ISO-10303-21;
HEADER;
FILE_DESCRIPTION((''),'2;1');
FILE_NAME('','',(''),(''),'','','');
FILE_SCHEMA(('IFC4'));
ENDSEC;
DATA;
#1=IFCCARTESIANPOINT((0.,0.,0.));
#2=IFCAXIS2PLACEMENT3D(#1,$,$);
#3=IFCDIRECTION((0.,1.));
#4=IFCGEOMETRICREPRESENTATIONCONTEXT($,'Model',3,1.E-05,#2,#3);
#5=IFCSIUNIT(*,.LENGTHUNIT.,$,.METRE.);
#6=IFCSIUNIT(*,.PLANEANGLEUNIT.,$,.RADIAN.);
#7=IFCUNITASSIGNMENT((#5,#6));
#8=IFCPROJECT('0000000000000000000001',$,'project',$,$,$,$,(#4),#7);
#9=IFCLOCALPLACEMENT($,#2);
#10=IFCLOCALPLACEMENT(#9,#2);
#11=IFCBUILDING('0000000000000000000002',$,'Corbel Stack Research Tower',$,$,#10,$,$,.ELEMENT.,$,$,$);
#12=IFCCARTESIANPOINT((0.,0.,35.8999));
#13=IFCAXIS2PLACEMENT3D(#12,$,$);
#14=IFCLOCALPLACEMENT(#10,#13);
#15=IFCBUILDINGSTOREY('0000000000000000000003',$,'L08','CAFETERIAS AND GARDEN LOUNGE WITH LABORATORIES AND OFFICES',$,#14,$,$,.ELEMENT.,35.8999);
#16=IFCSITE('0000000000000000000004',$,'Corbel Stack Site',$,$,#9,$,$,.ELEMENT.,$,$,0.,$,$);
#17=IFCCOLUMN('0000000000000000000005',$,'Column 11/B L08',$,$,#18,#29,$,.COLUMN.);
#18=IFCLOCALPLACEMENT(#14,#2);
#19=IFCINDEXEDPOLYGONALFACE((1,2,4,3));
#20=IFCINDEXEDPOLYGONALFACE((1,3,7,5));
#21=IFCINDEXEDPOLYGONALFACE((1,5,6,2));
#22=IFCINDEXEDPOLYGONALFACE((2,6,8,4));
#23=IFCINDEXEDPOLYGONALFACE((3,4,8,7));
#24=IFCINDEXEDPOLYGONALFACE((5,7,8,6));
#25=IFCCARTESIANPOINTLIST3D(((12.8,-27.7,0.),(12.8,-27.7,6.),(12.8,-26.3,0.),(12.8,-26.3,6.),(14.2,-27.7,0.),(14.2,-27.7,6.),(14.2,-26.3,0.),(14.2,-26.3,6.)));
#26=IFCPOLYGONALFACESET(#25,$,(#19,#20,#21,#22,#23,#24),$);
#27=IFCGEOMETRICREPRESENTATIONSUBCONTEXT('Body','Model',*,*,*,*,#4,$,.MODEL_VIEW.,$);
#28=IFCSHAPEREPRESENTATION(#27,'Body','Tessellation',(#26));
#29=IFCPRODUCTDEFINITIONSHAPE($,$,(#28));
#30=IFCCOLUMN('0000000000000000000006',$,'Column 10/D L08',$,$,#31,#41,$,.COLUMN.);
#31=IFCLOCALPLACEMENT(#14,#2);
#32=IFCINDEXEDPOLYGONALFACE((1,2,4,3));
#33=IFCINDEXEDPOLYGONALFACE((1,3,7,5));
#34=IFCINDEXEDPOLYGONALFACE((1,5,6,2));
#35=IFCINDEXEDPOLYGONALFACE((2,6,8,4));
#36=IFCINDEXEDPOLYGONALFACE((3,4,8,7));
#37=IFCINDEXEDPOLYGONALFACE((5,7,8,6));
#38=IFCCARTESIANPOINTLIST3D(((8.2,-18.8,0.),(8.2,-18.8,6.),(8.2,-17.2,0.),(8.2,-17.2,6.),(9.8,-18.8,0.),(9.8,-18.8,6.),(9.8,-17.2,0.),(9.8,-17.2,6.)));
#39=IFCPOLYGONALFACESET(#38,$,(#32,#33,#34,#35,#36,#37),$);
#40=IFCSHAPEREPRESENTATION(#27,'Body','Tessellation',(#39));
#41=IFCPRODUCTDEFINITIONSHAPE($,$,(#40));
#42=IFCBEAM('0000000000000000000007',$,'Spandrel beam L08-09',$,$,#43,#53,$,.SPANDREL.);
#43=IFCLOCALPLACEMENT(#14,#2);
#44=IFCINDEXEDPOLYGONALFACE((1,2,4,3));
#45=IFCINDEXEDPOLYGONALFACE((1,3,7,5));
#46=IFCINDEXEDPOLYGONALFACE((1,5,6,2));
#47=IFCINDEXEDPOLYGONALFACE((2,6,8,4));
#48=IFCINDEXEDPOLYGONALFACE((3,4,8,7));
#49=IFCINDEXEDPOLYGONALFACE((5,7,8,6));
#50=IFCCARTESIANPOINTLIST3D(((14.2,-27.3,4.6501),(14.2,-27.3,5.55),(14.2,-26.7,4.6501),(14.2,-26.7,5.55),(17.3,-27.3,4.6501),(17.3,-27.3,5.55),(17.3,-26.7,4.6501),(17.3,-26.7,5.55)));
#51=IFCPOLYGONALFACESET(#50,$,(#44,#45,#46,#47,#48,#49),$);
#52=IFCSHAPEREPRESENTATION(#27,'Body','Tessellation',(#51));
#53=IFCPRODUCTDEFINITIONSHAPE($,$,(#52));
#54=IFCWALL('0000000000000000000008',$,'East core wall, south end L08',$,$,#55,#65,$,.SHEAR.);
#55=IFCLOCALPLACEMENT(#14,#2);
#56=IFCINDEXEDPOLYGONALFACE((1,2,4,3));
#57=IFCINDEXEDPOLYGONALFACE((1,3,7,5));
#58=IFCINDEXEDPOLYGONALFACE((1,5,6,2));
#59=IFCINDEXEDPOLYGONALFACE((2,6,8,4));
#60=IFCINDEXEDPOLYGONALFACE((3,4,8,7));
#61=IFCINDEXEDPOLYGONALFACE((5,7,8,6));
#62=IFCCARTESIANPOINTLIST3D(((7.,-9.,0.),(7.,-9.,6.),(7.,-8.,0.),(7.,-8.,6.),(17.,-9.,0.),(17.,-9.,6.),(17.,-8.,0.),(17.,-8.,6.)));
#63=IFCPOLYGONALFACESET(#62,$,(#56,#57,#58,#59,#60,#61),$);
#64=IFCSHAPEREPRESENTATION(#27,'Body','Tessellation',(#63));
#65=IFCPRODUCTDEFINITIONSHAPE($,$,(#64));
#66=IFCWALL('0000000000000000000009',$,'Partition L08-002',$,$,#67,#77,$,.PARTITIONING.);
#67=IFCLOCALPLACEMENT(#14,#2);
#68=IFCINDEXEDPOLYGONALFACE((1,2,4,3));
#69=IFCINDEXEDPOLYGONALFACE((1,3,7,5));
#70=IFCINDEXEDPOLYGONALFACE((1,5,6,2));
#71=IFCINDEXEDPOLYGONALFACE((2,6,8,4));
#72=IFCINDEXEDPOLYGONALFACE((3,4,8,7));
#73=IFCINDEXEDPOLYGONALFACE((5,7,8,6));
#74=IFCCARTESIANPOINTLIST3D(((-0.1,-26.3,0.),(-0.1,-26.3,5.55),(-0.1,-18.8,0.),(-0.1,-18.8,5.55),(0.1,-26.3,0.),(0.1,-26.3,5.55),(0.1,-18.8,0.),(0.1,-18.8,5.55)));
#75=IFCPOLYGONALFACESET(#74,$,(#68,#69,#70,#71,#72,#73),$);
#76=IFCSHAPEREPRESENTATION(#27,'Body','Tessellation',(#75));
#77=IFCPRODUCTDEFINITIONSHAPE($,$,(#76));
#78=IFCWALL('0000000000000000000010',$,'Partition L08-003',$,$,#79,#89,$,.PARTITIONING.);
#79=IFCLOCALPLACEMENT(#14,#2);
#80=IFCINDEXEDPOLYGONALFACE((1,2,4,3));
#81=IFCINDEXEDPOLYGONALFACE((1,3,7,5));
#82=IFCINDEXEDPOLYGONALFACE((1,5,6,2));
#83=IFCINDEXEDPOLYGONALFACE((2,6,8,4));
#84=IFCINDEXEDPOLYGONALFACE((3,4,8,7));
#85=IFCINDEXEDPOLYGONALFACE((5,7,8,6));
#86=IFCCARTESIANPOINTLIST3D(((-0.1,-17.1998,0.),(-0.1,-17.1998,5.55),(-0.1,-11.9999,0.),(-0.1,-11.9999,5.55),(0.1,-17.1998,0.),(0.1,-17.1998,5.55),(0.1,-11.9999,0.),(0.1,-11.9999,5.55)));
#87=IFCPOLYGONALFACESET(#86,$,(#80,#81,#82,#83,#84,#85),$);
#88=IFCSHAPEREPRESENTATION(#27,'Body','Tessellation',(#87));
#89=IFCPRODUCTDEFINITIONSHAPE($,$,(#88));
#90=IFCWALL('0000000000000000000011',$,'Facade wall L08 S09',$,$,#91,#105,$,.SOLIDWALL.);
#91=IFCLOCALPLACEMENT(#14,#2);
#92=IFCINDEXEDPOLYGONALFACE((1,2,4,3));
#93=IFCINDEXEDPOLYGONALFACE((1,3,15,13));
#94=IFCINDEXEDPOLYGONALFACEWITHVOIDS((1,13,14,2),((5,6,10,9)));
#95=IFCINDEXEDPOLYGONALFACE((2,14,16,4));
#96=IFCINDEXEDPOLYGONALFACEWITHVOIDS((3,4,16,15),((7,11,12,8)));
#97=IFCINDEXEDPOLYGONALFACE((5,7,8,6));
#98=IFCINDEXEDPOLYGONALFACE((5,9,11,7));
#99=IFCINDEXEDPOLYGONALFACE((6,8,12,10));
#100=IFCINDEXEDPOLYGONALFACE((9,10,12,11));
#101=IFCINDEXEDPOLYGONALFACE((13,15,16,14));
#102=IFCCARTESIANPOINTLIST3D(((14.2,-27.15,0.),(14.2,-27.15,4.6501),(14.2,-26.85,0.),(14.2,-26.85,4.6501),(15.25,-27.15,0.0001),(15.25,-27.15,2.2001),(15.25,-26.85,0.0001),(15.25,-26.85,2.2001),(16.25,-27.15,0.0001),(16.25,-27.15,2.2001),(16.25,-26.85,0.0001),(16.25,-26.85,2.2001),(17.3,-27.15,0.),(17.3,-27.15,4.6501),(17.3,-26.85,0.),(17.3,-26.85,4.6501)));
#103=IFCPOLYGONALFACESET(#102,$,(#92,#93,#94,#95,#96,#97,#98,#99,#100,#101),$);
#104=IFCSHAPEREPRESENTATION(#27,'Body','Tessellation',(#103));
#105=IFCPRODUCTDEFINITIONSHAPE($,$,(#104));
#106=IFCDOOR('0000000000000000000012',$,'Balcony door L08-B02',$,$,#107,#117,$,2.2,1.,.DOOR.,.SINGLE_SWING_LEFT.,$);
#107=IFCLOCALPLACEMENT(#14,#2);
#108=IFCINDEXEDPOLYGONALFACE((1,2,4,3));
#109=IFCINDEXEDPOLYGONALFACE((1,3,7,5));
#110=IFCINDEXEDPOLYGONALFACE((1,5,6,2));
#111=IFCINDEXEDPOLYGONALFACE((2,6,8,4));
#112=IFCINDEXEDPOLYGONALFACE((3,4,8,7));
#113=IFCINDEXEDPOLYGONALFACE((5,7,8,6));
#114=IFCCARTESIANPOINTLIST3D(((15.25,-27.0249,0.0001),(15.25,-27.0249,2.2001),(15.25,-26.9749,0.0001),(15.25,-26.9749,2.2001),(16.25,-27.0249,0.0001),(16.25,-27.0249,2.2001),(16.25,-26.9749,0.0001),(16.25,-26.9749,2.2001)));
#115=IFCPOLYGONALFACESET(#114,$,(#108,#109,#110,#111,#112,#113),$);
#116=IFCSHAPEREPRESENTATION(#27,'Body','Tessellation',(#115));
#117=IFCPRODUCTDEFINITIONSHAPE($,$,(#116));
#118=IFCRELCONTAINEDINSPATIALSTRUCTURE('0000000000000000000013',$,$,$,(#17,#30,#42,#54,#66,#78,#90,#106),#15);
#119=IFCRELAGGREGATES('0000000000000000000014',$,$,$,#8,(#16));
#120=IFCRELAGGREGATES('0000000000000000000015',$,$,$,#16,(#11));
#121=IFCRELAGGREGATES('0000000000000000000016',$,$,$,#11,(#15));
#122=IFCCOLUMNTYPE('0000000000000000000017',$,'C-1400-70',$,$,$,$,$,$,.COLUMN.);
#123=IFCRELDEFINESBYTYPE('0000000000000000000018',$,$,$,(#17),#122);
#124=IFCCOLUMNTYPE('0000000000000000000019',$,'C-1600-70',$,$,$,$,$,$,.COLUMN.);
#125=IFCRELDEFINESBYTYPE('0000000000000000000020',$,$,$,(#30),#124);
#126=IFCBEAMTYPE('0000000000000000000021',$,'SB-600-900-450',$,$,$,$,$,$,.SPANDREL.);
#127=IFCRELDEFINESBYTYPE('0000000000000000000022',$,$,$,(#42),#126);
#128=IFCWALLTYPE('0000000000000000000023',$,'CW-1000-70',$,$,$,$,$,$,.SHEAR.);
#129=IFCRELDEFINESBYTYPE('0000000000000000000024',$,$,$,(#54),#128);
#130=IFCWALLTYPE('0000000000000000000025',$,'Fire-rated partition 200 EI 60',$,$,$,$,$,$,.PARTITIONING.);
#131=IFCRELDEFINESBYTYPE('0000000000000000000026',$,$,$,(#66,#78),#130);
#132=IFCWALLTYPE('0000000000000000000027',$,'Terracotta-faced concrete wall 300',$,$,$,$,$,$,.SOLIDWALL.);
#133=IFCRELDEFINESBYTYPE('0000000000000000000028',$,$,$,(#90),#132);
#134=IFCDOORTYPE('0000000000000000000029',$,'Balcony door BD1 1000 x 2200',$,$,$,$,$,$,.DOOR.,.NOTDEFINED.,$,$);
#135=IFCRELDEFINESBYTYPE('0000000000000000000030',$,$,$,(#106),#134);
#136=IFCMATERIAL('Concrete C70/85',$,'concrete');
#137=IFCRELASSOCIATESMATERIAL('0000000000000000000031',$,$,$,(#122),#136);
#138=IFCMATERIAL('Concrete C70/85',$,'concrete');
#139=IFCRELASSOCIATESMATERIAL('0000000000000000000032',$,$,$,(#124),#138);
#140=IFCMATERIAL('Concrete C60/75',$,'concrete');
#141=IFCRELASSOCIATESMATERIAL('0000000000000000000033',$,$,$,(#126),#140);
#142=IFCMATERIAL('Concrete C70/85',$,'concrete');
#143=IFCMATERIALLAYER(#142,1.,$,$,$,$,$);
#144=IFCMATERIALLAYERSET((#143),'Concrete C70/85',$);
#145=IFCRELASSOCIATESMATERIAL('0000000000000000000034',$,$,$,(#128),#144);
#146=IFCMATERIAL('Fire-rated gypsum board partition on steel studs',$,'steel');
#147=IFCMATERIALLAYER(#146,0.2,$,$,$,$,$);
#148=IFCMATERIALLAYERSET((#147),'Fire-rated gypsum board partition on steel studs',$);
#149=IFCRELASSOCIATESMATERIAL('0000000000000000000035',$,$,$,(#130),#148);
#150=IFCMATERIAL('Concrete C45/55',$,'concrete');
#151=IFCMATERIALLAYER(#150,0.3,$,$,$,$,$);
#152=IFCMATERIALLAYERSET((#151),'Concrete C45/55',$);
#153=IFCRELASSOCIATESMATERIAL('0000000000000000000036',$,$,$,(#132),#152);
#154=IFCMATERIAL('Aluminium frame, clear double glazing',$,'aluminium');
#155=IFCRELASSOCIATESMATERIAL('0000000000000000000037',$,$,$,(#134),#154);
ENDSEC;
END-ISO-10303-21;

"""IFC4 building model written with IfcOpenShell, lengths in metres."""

from ifc_helpers import new_model, si_unit, direction, frame, frame_2d, origin, origin_2d, place, context, subcontext, project, spatial, rectangle, extrude, material, layer, layer_set, material_profile, profile_set, type_object, element, fill, save


model = new_model("IFC4")

# Units and contexts
model_context = context("Model", 3, precision=1e-05, world=origin(), true_north=direction((0.0, 1.0)))
body_context = subcontext(model_context, "Body", "Model", "MODEL_VIEW")
ifc_project = project(units=[si_unit("LENGTHUNIT", "METRE"), si_unit("PLANEANGLEUNIT", "RADIAN")], contexts=[model_context])

# Site, building, storey
site_placement = place(None, origin())
site = spatial("IfcSite", under=ifc_project, at=site_placement, Name="Corbel Stack Site", CompositionType="ELEMENT", RefElevation=0.0)
building_placement = place(site_placement, origin())
building = spatial("IfcBuilding", under=site, at=building_placement, Name="Corbel Stack Research Tower", CompositionType="ELEMENT")
storey_placement = place(building_placement, frame((0.0, 0.0, 35.8999)))
storey = spatial("IfcBuildingStorey", under=building, at=storey_placement, Name="L08", Description="CAFETERIAS AND GARDEN LOUNGE WITH LABORATORIES AND OFFICES", CompositionType="ELEMENT", Elevation=35.8999)

# Columns
ifc_material_1 = material(Name="Concrete C70/85", Category="concrete")
ifc_material_profile_1 = material_profile(ifc_material_1, rectangle(XDim=1.3999, YDim=1.3999, at=origin_2d()), Name="RC 1400 x 1400")
ifc_profile_set_1 = profile_set([ifc_material_profile_1], Name="Concrete C70/85")
column_type_1 = type_object("IfcColumnType", Name="C-1400-70", PredefinedType="COLUMN", material=ifc_profile_set_1)
column_1_placement = place(storey_placement, frame((13.5, -27.0, 0.0), z_axis=(0.0, 0.0, 1.0), x_axis=(1.0, 0.0, 0.0)))
element("IfcColumn", 1, at=column_1_placement, inside=storey, type_object=column_type_1, Name="Column 11/B L08", PredefinedType="COLUMN", context=body_context, shape_type="SweptSolid", body=[
    extrude(rectangle(XDim=1.3999, YDim=1.3999, at=origin_2d()), origin(), (0.0, 0.0, 1.0), 6.0),
])
ifc_material_2 = material(Name="Concrete C70/85", Category="concrete")
ifc_material_profile_2 = material_profile(ifc_material_2, rectangle(XDim=1.6001, YDim=1.6001, at=origin_2d()), Name="RC 1600 x 1600")
ifc_profile_set_2 = profile_set([ifc_material_profile_2], Name="Concrete C70/85")
column_type_2 = type_object("IfcColumnType", Name="C-1600-70", PredefinedType="COLUMN", material=ifc_profile_set_2)
column_2_placement = place(storey_placement, frame((9.0, -18.0, 0.0), z_axis=(0.0, 0.0, 1.0), x_axis=(1.0, 0.0, 0.0)))
element("IfcColumn", 2, at=column_2_placement, inside=storey, type_object=column_type_2, Name="Column 10/D L08", PredefinedType="COLUMN", context=body_context, shape_type="SweptSolid", body=[
    extrude(rectangle(XDim=1.6001, YDim=1.6001, at=origin_2d()), origin(), (0.0, 0.0, 1.0), 6.0),
])

# Beam
ifc_material_3 = material(Name="Concrete C60/75", Category="concrete")
ifc_material_profile_3 = material_profile(ifc_material_3, rectangle(XDim=0.6001, YDim=0.8999, at=origin_2d()), Name="RC 600 x 900")
ifc_profile_set_3 = profile_set([ifc_material_profile_3], Name="Concrete C60/75")
beam_type = type_object("IfcBeamType", Name="SB-600-900-450", PredefinedType="SPANDREL", material=ifc_profile_set_3)
beam_placement = place(storey_placement, frame((14.2, -27.0, 5.1001), z_axis=(1.0, 0.0, 0.0), x_axis=(0.0, 1.0, 0.0)))
element("IfcBeam", 3, at=beam_placement, inside=storey, type_object=beam_type, Name="Spandrel beam L08-09", PredefinedType="SPANDREL", context=body_context, shape_type="SweptSolid", body=[
    extrude(rectangle(XDim=0.6001, YDim=0.8999, at=origin_2d()), origin(), (0.0, 0.0, 1.0), 3.1001),
])

# Shared definitions
ifc_material_4 = material(Name="Concrete C70/85", Category="concrete")
ifc_layer_1 = layer(ifc_material_4, 1.0)
ifc_layer_set_1 = layer_set([ifc_layer_1], Name="Concrete C70/85")
wall_type_1 = type_object("IfcWallType", Name="CW-1000-70", PredefinedType="SHEAR", material=ifc_layer_set_1)

# Walls
wall_1_placement = place(storey_placement, frame((7.0, -8.5, 0.0), z_axis=(0.0, 0.0, 1.0), x_axis=(1.0, 0.0, 0.0)))
element("IfcWall", 4, at=wall_1_placement, inside=storey, type_object=wall_type_1, Name="East core wall, south end L08", PredefinedType="SHEAR", context=body_context, shape_type="SweptSolid", body=[
    extrude(rectangle(XDim=10.0, YDim=1.0, at=frame_2d((5.0, 0.0))), origin(), (0.0, 0.0, 1.0), 6.0),
])
ifc_material_5 = material(Name="Fire-rated gypsum board partition on steel studs", Category="steel")
ifc_layer_2 = layer(ifc_material_5, 0.2)
ifc_layer_set_2 = layer_set([ifc_layer_2], Name="Fire-rated gypsum board partition on steel studs")
wall_type_2 = type_object("IfcWallType", Name="Fire-rated partition 200 EI 60", PredefinedType="PARTITIONING", material=ifc_layer_set_2)
wall_2_placement = place(storey_placement, frame((0.0, -26.3, 0.0), z_axis=(0.0, 0.0, 1.0), x_axis=(0.0, 1.0, 0.0)))
element("IfcWall", 5, at=wall_2_placement, inside=storey, type_object=wall_type_2, Name="Partition L08-002", PredefinedType="PARTITIONING", context=body_context, shape_type="SweptSolid", body=[
    extrude(rectangle(XDim=7.5, YDim=0.2, at=frame_2d((3.75, 0.0))), origin(), (0.0, 0.0, 1.0), 5.55),
])
wall_3_placement = place(storey_placement, frame((0.0, -17.2, 0.0), z_axis=(0.0, 0.0, 1.0), x_axis=(0.0, 1.0, 0.0)))
element("IfcWall", 6, at=wall_3_placement, inside=storey, type_object=wall_type_2, Name="Partition L08-003", PredefinedType="PARTITIONING", context=body_context, shape_type="SweptSolid", body=[
    extrude(rectangle(XDim=5.2, YDim=0.2, at=frame_2d((2.6001, 0.0))), origin(), (0.0, 0.0, 1.0), 5.55),
])

# Wall, opening, door
ifc_material_6 = material(Name="Concrete C45/55", Category="concrete")
ifc_layer_3 = layer(ifc_material_6, 0.3)
ifc_layer_set_3 = layer_set([ifc_layer_3], Name="Concrete C45/55")
wall_type_3 = type_object("IfcWallType", Name="Terracotta-faced concrete wall 300", PredefinedType="SOLIDWALL", material=ifc_layer_set_3)
wall_4_placement = place(storey_placement, frame((17.3, -27.0, 0.0), z_axis=(0.0, 0.0, 1.0), x_axis=(-1.0, 0.0, 0.0)))
wall_4 = element("IfcWall", 7, at=wall_4_placement, inside=storey, type_object=wall_type_3, Name="Facade wall L08 S09", PredefinedType="SOLIDWALL", context=body_context, shape_type="SweptSolid", body=[
    extrude(rectangle(XDim=3.1001, YDim=0.3, at=frame_2d((1.55, 0.0))), origin(), (0.0, 0.0, 1.0), 4.6501),
])
opening_1_placement = place(wall_4_placement, frame((1.05, 0.0, 0.0)))
opening_1 = element("IfcOpeningElement", 8, at=opening_1_placement, cuts=wall_4, PredefinedType="OPENING", context=body_context, shape_type="SweptSolid", body=[
    extrude(rectangle(XDim=1.0, YDim=2.2, at=frame_2d((0.5, 1.1001))), frame((0.0, 0.1599, 0.0), z_axis=(0.0, -1.0, 0.0), x_axis=(1.0, 0.0, 0.0)), (0.0, 0.0, 1.0), 0.3201),
])
ifc_material_7 = material(Name="Aluminium frame, clear double glazing", Category="aluminium")
door_type_1 = type_object("IfcDoorType", Name="Balcony door BD1 1000 x 2200", OperationType="NOTDEFINED", PredefinedType="DOOR", material=ifc_material_7)
door_1_placement = place(opening_1_placement, origin())
door_1 = element("IfcDoor", 9, at=door_1_placement, inside=storey, type_object=door_type_1, Name="Balcony door L08-B02", OperationType="SINGLE_SWING_LEFT", OverallHeight=2.2, OverallWidth=1.0, PredefinedType="DOOR", context=body_context, shape_type="SweptSolid", body=[
    extrude(rectangle(XDim=1.0, YDim=2.2, at=frame_2d((0.5, 1.1001))), frame((0.0, 0.0249, 0.0), z_axis=(0.0, -1.0, 0.0), x_axis=(1.0, 0.0, 0.0)), (0.0, 0.0, 1.0), 0.05),
])
fill(opening_1, door_1)

save(model, "model.ifc")
